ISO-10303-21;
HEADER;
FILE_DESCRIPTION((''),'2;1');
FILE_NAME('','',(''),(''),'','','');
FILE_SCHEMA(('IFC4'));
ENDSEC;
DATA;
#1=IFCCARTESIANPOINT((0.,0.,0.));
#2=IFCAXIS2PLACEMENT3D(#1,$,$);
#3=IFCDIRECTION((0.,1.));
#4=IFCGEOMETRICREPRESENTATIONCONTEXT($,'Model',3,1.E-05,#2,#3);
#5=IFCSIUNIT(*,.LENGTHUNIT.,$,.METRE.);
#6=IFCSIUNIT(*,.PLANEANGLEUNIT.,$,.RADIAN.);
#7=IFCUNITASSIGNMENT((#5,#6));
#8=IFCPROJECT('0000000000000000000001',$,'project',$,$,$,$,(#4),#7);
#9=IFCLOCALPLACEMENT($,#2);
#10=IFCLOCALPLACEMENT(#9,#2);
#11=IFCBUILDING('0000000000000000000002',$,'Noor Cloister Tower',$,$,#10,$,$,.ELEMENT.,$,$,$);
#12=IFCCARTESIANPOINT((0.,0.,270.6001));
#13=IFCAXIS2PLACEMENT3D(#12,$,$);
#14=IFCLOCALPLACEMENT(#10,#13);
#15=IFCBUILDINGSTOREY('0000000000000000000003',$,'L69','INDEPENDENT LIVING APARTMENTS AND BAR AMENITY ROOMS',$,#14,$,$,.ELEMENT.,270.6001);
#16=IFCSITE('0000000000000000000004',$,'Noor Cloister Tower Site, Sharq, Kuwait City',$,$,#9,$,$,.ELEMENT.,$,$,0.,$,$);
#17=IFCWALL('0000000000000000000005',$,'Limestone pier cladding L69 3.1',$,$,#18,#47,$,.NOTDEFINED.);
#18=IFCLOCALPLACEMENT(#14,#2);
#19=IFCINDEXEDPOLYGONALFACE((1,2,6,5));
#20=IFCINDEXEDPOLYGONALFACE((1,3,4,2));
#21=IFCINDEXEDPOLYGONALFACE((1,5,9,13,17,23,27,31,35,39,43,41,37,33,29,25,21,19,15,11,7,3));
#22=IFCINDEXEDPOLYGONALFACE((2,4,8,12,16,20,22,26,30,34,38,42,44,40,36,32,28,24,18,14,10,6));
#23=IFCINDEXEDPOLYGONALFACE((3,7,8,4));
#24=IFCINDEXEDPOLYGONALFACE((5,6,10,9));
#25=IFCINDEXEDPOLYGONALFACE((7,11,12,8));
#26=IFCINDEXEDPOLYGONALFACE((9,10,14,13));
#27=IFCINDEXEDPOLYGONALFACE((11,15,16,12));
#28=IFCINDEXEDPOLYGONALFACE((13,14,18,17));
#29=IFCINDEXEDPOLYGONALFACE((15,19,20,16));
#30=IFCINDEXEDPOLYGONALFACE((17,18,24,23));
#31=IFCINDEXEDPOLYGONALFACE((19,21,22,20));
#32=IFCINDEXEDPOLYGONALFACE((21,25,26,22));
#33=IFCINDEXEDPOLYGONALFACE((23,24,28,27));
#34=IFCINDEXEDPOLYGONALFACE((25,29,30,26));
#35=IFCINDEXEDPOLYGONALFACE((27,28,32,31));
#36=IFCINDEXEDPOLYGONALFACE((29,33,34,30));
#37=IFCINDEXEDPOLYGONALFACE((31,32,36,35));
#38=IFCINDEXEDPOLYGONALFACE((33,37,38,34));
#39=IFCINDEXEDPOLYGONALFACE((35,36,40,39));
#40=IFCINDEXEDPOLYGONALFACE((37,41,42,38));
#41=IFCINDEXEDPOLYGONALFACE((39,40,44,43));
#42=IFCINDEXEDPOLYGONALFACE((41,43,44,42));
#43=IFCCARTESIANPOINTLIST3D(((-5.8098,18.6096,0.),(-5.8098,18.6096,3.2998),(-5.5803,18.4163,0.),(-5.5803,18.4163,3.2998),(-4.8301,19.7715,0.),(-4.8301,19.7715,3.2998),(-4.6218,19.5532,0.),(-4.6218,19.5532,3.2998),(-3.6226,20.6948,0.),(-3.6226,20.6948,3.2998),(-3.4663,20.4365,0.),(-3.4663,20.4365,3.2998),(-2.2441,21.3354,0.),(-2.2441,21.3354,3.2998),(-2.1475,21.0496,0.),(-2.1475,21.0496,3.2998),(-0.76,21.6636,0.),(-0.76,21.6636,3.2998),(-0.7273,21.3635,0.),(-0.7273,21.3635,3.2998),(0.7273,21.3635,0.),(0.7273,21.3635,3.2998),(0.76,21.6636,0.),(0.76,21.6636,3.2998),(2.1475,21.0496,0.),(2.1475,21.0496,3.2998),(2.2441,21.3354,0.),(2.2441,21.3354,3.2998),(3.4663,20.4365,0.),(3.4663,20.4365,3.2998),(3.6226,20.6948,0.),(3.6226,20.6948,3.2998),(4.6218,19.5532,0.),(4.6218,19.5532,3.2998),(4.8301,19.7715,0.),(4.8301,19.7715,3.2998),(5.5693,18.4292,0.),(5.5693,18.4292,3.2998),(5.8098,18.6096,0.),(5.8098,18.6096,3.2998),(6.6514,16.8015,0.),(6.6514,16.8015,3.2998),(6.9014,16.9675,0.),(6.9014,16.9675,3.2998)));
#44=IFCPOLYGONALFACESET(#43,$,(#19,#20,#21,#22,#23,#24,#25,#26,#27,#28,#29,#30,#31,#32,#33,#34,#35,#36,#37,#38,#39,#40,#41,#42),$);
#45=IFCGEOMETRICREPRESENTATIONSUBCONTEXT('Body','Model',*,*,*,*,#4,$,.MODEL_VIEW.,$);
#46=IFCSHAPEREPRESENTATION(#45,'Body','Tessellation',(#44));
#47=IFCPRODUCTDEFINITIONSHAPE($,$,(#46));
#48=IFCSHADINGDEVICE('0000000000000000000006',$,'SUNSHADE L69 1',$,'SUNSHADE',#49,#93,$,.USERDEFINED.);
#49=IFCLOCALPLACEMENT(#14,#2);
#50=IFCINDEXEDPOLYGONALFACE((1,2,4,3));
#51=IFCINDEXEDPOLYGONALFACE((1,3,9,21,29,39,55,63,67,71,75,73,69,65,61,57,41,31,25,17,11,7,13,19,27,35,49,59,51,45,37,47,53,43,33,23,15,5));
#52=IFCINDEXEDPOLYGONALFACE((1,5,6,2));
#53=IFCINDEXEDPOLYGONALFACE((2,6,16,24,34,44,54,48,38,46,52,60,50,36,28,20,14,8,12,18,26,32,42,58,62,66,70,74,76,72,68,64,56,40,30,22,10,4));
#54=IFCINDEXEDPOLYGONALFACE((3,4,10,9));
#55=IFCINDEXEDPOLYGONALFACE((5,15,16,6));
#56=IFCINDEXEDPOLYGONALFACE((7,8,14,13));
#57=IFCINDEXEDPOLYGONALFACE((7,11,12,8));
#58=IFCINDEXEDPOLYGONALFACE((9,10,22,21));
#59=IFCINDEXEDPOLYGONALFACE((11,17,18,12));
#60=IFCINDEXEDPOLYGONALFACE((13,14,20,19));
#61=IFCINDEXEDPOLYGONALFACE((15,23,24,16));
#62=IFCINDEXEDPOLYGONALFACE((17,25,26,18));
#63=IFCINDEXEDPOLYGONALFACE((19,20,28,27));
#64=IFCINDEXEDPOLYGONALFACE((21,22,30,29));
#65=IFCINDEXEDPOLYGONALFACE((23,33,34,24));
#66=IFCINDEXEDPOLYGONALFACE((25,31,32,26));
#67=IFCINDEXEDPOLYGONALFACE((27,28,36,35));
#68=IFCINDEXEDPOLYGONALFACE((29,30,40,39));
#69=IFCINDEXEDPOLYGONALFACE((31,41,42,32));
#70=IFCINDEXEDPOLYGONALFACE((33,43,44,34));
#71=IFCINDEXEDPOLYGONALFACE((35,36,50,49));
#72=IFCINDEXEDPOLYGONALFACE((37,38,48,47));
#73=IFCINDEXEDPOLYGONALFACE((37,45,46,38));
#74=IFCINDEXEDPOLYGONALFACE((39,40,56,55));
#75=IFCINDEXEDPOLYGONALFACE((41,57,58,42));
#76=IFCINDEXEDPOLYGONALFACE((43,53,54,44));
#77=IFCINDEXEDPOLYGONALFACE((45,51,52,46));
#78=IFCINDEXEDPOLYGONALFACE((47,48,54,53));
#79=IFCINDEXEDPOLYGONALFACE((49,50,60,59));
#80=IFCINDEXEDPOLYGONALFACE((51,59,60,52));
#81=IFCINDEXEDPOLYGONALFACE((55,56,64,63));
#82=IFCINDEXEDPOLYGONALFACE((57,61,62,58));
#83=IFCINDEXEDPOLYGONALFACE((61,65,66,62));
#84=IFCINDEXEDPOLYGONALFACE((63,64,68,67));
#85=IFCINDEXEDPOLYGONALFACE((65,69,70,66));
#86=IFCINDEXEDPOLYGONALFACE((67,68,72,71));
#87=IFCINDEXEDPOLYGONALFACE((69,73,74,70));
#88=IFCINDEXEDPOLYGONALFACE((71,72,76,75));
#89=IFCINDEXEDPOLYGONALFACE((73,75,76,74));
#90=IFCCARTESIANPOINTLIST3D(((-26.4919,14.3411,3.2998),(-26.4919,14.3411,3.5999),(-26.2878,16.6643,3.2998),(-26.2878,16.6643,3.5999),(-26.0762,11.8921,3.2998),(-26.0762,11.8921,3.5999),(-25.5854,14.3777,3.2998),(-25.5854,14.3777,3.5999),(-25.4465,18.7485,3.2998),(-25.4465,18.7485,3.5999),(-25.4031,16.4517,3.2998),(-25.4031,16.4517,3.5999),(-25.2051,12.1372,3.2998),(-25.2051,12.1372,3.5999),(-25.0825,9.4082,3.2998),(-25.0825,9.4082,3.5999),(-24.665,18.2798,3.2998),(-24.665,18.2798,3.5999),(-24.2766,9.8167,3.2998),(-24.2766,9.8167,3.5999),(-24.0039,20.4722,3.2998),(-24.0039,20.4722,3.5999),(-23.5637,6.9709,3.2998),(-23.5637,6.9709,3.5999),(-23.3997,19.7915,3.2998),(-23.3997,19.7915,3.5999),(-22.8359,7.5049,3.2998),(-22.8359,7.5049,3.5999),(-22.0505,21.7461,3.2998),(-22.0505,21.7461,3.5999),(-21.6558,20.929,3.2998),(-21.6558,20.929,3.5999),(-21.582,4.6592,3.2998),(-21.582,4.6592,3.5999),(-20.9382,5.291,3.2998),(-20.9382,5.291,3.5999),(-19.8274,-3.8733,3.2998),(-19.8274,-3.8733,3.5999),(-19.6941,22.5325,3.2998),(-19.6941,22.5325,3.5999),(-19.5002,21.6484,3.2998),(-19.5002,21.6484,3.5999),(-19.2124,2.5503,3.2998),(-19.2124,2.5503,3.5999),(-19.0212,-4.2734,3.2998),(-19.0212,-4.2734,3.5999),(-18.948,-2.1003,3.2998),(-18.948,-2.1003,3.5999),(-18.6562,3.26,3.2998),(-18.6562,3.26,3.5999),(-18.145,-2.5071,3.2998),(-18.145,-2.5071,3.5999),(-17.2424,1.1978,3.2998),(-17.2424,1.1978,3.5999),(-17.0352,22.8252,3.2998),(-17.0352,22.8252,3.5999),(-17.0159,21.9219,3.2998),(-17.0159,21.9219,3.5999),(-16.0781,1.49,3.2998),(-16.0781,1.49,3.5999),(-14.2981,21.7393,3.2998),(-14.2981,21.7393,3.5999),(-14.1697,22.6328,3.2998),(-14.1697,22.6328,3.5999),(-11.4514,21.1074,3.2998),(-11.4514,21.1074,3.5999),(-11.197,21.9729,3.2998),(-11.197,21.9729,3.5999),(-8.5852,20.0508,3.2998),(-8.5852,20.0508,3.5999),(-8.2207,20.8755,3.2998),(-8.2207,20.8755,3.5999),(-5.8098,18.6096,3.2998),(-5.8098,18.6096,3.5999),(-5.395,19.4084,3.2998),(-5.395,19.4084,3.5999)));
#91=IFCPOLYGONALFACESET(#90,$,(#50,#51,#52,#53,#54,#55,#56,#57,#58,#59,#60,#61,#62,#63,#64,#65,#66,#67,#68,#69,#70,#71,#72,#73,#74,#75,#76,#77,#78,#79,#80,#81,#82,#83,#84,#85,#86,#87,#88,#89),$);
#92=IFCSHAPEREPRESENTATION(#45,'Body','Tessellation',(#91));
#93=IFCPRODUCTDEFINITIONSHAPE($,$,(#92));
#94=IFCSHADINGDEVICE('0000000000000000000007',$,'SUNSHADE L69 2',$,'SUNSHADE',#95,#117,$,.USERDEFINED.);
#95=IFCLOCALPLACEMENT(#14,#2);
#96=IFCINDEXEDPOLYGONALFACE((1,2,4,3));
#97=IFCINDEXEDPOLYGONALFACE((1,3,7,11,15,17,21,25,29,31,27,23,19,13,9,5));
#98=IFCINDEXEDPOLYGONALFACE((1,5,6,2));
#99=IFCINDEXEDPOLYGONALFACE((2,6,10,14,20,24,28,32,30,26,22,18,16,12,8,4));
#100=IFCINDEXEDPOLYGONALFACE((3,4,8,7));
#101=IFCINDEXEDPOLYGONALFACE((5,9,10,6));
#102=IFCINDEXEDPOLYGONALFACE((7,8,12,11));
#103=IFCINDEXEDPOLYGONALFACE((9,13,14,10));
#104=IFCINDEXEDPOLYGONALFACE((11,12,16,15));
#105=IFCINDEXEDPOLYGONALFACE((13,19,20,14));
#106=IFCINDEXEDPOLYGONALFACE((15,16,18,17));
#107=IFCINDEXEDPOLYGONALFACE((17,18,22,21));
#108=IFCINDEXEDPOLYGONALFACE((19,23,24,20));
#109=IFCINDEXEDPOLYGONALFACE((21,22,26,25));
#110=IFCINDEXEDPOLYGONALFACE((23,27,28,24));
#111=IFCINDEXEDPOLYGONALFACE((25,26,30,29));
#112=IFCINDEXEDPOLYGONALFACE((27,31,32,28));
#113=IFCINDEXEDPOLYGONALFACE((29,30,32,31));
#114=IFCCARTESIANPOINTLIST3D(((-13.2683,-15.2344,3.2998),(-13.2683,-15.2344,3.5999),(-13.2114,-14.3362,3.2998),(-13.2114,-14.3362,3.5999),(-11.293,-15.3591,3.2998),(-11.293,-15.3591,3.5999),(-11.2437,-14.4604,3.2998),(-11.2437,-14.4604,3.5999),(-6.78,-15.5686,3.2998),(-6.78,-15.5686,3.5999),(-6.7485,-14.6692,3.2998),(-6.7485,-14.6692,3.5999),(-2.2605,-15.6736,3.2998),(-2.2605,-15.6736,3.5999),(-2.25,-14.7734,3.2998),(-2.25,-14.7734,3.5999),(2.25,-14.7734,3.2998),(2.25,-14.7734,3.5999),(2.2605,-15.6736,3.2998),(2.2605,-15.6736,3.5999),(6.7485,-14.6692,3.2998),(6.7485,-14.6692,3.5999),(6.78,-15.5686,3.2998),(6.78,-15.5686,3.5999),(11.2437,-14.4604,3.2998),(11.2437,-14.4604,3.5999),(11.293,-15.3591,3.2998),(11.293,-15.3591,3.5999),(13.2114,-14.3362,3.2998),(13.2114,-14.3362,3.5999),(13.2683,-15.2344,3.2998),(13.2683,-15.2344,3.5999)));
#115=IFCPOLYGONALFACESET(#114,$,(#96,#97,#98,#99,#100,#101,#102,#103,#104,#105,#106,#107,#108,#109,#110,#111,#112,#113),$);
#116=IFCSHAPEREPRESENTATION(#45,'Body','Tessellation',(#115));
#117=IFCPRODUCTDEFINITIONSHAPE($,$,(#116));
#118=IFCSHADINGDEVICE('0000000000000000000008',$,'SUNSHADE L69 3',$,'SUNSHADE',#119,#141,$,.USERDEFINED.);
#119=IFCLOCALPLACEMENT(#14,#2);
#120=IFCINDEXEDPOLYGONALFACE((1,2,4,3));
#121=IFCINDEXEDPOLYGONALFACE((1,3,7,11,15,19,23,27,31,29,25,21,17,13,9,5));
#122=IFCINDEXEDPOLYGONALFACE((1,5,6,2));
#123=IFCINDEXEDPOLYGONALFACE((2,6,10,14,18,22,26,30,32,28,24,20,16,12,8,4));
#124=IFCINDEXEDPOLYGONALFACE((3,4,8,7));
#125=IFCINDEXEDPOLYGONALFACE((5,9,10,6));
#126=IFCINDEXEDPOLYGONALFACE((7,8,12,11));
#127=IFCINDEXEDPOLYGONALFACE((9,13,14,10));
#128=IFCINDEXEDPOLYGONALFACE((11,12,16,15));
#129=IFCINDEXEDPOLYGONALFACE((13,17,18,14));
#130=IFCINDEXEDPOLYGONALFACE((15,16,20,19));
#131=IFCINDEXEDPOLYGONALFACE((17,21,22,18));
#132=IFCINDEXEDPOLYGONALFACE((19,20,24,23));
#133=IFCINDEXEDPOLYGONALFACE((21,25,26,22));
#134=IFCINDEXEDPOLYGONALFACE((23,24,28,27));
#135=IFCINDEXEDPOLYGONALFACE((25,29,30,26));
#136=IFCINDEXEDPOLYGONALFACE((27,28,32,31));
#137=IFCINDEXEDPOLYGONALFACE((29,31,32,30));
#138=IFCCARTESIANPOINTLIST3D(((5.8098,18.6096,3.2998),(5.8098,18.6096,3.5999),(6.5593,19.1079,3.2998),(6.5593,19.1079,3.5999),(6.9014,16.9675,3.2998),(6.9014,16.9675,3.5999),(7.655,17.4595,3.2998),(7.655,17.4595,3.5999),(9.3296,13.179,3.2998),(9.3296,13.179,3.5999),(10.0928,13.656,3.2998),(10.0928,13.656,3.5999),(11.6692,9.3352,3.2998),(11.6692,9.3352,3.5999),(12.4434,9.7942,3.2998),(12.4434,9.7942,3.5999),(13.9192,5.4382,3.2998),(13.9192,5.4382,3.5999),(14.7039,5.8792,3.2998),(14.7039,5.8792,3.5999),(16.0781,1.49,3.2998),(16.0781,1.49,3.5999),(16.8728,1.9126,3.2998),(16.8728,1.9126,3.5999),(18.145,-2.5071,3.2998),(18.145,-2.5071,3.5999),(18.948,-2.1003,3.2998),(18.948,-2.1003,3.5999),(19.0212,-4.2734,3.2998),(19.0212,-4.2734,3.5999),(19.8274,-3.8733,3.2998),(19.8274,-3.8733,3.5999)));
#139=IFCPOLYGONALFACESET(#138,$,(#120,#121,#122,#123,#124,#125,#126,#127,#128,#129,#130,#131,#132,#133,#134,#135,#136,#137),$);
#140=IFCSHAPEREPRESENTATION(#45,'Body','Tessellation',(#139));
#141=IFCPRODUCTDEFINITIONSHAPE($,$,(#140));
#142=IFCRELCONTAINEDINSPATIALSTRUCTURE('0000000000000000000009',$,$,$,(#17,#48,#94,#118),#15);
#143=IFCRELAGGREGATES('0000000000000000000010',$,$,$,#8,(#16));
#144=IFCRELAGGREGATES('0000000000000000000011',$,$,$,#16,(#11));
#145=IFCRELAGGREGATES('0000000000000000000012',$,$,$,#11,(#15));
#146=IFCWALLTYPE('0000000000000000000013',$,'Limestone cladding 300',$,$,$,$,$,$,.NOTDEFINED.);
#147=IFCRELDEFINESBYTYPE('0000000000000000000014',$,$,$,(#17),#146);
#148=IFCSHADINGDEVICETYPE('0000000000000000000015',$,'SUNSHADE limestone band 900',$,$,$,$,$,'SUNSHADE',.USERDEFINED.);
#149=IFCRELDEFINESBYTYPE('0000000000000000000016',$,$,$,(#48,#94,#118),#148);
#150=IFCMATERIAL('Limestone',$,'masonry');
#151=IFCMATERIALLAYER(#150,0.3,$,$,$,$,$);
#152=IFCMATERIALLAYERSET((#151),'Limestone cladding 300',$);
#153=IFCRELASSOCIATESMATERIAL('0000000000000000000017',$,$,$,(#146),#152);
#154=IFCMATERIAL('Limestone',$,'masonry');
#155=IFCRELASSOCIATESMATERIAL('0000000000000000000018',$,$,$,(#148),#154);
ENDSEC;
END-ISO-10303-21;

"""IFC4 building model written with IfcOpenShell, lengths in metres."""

from ifc_helpers import new_model, si_unit, direction, frame, origin, place, context, subcontext, project, spatial, polyline, outline, extrude, material, layer, layer_set, type_object, element, save


model = new_model("IFC4")

# Units and contexts
model_context = context("Model", 3, precision=1e-05, world=origin(), true_north=direction((0.0, 1.0)))
body_context = subcontext(model_context, "Body", "Model", "MODEL_VIEW")
ifc_project = project(units=[si_unit("LENGTHUNIT", "METRE"), si_unit("PLANEANGLEUNIT", "RADIAN")], contexts=[model_context])

# Site, building, storey
site_placement = place(None, origin())
site = spatial("IfcSite", under=ifc_project, at=site_placement, Name="Noor Cloister Tower Site, Sharq, Kuwait City", CompositionType="ELEMENT", RefElevation=0.0)
building_placement = place(site_placement, origin())
building = spatial("IfcBuilding", under=site, at=building_placement, Name="Noor Cloister Tower", CompositionType="ELEMENT")
storey_placement = place(building_placement, frame((0.0, 0.0, 270.6001)))
storey = spatial("IfcBuildingStorey", under=building, at=storey_placement, Name="L69", Description="INDEPENDENT LIVING APARTMENTS AND BAR AMENITY ROOMS", CompositionType="ELEMENT", Elevation=270.6001)

# Wall
ifc_material_1 = material(Name="Limestone", Category="masonry")
ifc_layer_1 = layer(ifc_material_1, 0.3)
ifc_layer_set_1 = layer_set([ifc_layer_1], Name="Limestone cladding 300")
wall_type = type_object("IfcWallType", Name="Limestone cladding 300", PredefinedType="NOTDEFINED", material=ifc_layer_set_1)
wall_1_placement = place(storey_placement, origin())
element("IfcWall", 1, at=wall_1_placement, inside=storey, type_object=wall_type, Name="Limestone pier cladding L69 3.1", PredefinedType="NOTDEFINED", context=body_context, shape_type="SweptSolid", body=[
    extrude(outline(polyline([(6.9014, 16.9675), (5.8098, 18.6096), (4.8301, 19.7715), (3.6226, 20.6948), (2.2441, 21.3354), (0.76, 21.6636), (-0.76, 21.6636), (-2.2441, 21.3354), (-3.6226, 20.6948), (-4.8301, 19.7715), (-5.8098, 18.6096), (-5.5803, 18.4163), (-4.6218, 19.5532), (-3.4663, 20.4365), (-2.1475, 21.0496), (-0.7273, 21.3635), (0.7273, 21.3635), (2.1475, 21.0496), (3.4663, 20.4365), (4.6218, 19.5532), (5.5693, 18.4292), (6.6514, 16.8015), (6.9014, 16.9675)])), origin(), (0.0, 0.0, 1.0), 3.2998),
])

# Shading devices
ifc_material_2 = material(Name="Limestone", Category="masonry")
shading_device_type = type_object("IfcShadingDeviceType", Name="SUNSHADE limestone band 900", ElementType="SUNSHADE", PredefinedType="USERDEFINED", material=ifc_material_2)
shading_device_1_placement = place(storey_placement, frame((0.0, 0.0, 3.2998)))
element("IfcShadingDevice", 2, at=shading_device_1_placement, inside=storey, type_object=shading_device_type, Name="SUNSHADE L69 1", ObjectType="SUNSHADE", PredefinedType="USERDEFINED", context=body_context, shape_type="SweptSolid", body=[
    extrude(outline(polyline([(-5.395, 19.4084), (-8.2207, 20.8755), (-11.197, 21.9729), (-14.1697, 22.6328), (-17.0352, 22.8252), (-19.6941, 22.5325), (-22.0505, 21.7461), (-24.0039, 20.4722), (-25.4465, 18.7485), (-26.2878, 16.6643), (-26.4919, 14.3411), (-26.0762, 11.8921), (-25.0825, 9.4082), (-23.5637, 6.9709), (-21.582, 4.6592), (-19.2124, 2.5503), (-17.2424, 1.1978), (-18.948, -2.1003), (-19.8274, -3.8733), (-19.0212, -4.2734), (-18.145, -2.5071), (-16.0781, 1.49), (-18.6562, 3.26), (-20.9382, 5.291), (-22.8359, 7.5049), (-24.2766, 9.8167), (-25.2051, 12.1372), (-25.5854, 14.3777), (-25.4031, 16.4517), (-24.665, 18.2798), (-23.3997, 19.7915), (-21.6558, 20.929), (-19.5002, 21.6484), (-17.0159, 21.9219), (-14.2981, 21.7393), (-11.4514, 21.1074), (-8.5852, 20.0508), (-5.8098, 18.6096), (-5.395, 19.4084)])), origin(), (0.0, 0.0, 1.0), 0.3),
])
shading_device_2_placement = place(storey_placement, frame((0.0, 0.0, 3.2998)))
element("IfcShadingDevice", 3, at=shading_device_2_placement, inside=storey, type_object=shading_device_type, Name="SUNSHADE L69 2", ObjectType="SUNSHADE", PredefinedType="USERDEFINED", context=body_context, shape_type="SweptSolid", body=[
    extrude(outline(polyline([(-13.2683, -15.2344), (-11.293, -15.3591), (-6.78, -15.5686), (-2.2605, -15.6736), (2.2605, -15.6736), (6.78, -15.5686), (11.293, -15.3591), (13.2683, -15.2344), (13.2114, -14.3362), (11.2437, -14.4604), (6.7485, -14.6692), (2.25, -14.7734), (-2.25, -14.7734), (-6.7485, -14.6692), (-11.2437, -14.4604), (-13.2114, -14.3362), (-13.2683, -15.2344)])), origin(), (0.0, 0.0, 1.0), 0.3),
])
shading_device_3_placement = place(storey_placement, frame((0.0, 0.0, 3.2998)))
element("IfcShadingDevice", 4, at=shading_device_3_placement, inside=storey, type_object=shading_device_type, Name="SUNSHADE L69 3", ObjectType="SUNSHADE", PredefinedType="USERDEFINED", context=body_context, shape_type="SweptSolid", body=[
    extrude(outline(polyline([(19.8274, -3.8733), (18.948, -2.1003), (16.8728, 1.9126), (14.7039, 5.8792), (12.4434, 9.7942), (10.0928, 13.656), (7.655, 17.4595), (6.5593, 19.1079), (5.8098, 18.6096), (6.9014, 16.9675), (9.3296, 13.179), (11.6692, 9.3352), (13.9192, 5.4382), (16.0781, 1.49), (18.145, -2.5071), (19.0212, -4.2734), (19.8274, -3.8733)])), origin(), (0.0, 0.0, 1.0), 0.3),
])

save(model, "model.ifc")
